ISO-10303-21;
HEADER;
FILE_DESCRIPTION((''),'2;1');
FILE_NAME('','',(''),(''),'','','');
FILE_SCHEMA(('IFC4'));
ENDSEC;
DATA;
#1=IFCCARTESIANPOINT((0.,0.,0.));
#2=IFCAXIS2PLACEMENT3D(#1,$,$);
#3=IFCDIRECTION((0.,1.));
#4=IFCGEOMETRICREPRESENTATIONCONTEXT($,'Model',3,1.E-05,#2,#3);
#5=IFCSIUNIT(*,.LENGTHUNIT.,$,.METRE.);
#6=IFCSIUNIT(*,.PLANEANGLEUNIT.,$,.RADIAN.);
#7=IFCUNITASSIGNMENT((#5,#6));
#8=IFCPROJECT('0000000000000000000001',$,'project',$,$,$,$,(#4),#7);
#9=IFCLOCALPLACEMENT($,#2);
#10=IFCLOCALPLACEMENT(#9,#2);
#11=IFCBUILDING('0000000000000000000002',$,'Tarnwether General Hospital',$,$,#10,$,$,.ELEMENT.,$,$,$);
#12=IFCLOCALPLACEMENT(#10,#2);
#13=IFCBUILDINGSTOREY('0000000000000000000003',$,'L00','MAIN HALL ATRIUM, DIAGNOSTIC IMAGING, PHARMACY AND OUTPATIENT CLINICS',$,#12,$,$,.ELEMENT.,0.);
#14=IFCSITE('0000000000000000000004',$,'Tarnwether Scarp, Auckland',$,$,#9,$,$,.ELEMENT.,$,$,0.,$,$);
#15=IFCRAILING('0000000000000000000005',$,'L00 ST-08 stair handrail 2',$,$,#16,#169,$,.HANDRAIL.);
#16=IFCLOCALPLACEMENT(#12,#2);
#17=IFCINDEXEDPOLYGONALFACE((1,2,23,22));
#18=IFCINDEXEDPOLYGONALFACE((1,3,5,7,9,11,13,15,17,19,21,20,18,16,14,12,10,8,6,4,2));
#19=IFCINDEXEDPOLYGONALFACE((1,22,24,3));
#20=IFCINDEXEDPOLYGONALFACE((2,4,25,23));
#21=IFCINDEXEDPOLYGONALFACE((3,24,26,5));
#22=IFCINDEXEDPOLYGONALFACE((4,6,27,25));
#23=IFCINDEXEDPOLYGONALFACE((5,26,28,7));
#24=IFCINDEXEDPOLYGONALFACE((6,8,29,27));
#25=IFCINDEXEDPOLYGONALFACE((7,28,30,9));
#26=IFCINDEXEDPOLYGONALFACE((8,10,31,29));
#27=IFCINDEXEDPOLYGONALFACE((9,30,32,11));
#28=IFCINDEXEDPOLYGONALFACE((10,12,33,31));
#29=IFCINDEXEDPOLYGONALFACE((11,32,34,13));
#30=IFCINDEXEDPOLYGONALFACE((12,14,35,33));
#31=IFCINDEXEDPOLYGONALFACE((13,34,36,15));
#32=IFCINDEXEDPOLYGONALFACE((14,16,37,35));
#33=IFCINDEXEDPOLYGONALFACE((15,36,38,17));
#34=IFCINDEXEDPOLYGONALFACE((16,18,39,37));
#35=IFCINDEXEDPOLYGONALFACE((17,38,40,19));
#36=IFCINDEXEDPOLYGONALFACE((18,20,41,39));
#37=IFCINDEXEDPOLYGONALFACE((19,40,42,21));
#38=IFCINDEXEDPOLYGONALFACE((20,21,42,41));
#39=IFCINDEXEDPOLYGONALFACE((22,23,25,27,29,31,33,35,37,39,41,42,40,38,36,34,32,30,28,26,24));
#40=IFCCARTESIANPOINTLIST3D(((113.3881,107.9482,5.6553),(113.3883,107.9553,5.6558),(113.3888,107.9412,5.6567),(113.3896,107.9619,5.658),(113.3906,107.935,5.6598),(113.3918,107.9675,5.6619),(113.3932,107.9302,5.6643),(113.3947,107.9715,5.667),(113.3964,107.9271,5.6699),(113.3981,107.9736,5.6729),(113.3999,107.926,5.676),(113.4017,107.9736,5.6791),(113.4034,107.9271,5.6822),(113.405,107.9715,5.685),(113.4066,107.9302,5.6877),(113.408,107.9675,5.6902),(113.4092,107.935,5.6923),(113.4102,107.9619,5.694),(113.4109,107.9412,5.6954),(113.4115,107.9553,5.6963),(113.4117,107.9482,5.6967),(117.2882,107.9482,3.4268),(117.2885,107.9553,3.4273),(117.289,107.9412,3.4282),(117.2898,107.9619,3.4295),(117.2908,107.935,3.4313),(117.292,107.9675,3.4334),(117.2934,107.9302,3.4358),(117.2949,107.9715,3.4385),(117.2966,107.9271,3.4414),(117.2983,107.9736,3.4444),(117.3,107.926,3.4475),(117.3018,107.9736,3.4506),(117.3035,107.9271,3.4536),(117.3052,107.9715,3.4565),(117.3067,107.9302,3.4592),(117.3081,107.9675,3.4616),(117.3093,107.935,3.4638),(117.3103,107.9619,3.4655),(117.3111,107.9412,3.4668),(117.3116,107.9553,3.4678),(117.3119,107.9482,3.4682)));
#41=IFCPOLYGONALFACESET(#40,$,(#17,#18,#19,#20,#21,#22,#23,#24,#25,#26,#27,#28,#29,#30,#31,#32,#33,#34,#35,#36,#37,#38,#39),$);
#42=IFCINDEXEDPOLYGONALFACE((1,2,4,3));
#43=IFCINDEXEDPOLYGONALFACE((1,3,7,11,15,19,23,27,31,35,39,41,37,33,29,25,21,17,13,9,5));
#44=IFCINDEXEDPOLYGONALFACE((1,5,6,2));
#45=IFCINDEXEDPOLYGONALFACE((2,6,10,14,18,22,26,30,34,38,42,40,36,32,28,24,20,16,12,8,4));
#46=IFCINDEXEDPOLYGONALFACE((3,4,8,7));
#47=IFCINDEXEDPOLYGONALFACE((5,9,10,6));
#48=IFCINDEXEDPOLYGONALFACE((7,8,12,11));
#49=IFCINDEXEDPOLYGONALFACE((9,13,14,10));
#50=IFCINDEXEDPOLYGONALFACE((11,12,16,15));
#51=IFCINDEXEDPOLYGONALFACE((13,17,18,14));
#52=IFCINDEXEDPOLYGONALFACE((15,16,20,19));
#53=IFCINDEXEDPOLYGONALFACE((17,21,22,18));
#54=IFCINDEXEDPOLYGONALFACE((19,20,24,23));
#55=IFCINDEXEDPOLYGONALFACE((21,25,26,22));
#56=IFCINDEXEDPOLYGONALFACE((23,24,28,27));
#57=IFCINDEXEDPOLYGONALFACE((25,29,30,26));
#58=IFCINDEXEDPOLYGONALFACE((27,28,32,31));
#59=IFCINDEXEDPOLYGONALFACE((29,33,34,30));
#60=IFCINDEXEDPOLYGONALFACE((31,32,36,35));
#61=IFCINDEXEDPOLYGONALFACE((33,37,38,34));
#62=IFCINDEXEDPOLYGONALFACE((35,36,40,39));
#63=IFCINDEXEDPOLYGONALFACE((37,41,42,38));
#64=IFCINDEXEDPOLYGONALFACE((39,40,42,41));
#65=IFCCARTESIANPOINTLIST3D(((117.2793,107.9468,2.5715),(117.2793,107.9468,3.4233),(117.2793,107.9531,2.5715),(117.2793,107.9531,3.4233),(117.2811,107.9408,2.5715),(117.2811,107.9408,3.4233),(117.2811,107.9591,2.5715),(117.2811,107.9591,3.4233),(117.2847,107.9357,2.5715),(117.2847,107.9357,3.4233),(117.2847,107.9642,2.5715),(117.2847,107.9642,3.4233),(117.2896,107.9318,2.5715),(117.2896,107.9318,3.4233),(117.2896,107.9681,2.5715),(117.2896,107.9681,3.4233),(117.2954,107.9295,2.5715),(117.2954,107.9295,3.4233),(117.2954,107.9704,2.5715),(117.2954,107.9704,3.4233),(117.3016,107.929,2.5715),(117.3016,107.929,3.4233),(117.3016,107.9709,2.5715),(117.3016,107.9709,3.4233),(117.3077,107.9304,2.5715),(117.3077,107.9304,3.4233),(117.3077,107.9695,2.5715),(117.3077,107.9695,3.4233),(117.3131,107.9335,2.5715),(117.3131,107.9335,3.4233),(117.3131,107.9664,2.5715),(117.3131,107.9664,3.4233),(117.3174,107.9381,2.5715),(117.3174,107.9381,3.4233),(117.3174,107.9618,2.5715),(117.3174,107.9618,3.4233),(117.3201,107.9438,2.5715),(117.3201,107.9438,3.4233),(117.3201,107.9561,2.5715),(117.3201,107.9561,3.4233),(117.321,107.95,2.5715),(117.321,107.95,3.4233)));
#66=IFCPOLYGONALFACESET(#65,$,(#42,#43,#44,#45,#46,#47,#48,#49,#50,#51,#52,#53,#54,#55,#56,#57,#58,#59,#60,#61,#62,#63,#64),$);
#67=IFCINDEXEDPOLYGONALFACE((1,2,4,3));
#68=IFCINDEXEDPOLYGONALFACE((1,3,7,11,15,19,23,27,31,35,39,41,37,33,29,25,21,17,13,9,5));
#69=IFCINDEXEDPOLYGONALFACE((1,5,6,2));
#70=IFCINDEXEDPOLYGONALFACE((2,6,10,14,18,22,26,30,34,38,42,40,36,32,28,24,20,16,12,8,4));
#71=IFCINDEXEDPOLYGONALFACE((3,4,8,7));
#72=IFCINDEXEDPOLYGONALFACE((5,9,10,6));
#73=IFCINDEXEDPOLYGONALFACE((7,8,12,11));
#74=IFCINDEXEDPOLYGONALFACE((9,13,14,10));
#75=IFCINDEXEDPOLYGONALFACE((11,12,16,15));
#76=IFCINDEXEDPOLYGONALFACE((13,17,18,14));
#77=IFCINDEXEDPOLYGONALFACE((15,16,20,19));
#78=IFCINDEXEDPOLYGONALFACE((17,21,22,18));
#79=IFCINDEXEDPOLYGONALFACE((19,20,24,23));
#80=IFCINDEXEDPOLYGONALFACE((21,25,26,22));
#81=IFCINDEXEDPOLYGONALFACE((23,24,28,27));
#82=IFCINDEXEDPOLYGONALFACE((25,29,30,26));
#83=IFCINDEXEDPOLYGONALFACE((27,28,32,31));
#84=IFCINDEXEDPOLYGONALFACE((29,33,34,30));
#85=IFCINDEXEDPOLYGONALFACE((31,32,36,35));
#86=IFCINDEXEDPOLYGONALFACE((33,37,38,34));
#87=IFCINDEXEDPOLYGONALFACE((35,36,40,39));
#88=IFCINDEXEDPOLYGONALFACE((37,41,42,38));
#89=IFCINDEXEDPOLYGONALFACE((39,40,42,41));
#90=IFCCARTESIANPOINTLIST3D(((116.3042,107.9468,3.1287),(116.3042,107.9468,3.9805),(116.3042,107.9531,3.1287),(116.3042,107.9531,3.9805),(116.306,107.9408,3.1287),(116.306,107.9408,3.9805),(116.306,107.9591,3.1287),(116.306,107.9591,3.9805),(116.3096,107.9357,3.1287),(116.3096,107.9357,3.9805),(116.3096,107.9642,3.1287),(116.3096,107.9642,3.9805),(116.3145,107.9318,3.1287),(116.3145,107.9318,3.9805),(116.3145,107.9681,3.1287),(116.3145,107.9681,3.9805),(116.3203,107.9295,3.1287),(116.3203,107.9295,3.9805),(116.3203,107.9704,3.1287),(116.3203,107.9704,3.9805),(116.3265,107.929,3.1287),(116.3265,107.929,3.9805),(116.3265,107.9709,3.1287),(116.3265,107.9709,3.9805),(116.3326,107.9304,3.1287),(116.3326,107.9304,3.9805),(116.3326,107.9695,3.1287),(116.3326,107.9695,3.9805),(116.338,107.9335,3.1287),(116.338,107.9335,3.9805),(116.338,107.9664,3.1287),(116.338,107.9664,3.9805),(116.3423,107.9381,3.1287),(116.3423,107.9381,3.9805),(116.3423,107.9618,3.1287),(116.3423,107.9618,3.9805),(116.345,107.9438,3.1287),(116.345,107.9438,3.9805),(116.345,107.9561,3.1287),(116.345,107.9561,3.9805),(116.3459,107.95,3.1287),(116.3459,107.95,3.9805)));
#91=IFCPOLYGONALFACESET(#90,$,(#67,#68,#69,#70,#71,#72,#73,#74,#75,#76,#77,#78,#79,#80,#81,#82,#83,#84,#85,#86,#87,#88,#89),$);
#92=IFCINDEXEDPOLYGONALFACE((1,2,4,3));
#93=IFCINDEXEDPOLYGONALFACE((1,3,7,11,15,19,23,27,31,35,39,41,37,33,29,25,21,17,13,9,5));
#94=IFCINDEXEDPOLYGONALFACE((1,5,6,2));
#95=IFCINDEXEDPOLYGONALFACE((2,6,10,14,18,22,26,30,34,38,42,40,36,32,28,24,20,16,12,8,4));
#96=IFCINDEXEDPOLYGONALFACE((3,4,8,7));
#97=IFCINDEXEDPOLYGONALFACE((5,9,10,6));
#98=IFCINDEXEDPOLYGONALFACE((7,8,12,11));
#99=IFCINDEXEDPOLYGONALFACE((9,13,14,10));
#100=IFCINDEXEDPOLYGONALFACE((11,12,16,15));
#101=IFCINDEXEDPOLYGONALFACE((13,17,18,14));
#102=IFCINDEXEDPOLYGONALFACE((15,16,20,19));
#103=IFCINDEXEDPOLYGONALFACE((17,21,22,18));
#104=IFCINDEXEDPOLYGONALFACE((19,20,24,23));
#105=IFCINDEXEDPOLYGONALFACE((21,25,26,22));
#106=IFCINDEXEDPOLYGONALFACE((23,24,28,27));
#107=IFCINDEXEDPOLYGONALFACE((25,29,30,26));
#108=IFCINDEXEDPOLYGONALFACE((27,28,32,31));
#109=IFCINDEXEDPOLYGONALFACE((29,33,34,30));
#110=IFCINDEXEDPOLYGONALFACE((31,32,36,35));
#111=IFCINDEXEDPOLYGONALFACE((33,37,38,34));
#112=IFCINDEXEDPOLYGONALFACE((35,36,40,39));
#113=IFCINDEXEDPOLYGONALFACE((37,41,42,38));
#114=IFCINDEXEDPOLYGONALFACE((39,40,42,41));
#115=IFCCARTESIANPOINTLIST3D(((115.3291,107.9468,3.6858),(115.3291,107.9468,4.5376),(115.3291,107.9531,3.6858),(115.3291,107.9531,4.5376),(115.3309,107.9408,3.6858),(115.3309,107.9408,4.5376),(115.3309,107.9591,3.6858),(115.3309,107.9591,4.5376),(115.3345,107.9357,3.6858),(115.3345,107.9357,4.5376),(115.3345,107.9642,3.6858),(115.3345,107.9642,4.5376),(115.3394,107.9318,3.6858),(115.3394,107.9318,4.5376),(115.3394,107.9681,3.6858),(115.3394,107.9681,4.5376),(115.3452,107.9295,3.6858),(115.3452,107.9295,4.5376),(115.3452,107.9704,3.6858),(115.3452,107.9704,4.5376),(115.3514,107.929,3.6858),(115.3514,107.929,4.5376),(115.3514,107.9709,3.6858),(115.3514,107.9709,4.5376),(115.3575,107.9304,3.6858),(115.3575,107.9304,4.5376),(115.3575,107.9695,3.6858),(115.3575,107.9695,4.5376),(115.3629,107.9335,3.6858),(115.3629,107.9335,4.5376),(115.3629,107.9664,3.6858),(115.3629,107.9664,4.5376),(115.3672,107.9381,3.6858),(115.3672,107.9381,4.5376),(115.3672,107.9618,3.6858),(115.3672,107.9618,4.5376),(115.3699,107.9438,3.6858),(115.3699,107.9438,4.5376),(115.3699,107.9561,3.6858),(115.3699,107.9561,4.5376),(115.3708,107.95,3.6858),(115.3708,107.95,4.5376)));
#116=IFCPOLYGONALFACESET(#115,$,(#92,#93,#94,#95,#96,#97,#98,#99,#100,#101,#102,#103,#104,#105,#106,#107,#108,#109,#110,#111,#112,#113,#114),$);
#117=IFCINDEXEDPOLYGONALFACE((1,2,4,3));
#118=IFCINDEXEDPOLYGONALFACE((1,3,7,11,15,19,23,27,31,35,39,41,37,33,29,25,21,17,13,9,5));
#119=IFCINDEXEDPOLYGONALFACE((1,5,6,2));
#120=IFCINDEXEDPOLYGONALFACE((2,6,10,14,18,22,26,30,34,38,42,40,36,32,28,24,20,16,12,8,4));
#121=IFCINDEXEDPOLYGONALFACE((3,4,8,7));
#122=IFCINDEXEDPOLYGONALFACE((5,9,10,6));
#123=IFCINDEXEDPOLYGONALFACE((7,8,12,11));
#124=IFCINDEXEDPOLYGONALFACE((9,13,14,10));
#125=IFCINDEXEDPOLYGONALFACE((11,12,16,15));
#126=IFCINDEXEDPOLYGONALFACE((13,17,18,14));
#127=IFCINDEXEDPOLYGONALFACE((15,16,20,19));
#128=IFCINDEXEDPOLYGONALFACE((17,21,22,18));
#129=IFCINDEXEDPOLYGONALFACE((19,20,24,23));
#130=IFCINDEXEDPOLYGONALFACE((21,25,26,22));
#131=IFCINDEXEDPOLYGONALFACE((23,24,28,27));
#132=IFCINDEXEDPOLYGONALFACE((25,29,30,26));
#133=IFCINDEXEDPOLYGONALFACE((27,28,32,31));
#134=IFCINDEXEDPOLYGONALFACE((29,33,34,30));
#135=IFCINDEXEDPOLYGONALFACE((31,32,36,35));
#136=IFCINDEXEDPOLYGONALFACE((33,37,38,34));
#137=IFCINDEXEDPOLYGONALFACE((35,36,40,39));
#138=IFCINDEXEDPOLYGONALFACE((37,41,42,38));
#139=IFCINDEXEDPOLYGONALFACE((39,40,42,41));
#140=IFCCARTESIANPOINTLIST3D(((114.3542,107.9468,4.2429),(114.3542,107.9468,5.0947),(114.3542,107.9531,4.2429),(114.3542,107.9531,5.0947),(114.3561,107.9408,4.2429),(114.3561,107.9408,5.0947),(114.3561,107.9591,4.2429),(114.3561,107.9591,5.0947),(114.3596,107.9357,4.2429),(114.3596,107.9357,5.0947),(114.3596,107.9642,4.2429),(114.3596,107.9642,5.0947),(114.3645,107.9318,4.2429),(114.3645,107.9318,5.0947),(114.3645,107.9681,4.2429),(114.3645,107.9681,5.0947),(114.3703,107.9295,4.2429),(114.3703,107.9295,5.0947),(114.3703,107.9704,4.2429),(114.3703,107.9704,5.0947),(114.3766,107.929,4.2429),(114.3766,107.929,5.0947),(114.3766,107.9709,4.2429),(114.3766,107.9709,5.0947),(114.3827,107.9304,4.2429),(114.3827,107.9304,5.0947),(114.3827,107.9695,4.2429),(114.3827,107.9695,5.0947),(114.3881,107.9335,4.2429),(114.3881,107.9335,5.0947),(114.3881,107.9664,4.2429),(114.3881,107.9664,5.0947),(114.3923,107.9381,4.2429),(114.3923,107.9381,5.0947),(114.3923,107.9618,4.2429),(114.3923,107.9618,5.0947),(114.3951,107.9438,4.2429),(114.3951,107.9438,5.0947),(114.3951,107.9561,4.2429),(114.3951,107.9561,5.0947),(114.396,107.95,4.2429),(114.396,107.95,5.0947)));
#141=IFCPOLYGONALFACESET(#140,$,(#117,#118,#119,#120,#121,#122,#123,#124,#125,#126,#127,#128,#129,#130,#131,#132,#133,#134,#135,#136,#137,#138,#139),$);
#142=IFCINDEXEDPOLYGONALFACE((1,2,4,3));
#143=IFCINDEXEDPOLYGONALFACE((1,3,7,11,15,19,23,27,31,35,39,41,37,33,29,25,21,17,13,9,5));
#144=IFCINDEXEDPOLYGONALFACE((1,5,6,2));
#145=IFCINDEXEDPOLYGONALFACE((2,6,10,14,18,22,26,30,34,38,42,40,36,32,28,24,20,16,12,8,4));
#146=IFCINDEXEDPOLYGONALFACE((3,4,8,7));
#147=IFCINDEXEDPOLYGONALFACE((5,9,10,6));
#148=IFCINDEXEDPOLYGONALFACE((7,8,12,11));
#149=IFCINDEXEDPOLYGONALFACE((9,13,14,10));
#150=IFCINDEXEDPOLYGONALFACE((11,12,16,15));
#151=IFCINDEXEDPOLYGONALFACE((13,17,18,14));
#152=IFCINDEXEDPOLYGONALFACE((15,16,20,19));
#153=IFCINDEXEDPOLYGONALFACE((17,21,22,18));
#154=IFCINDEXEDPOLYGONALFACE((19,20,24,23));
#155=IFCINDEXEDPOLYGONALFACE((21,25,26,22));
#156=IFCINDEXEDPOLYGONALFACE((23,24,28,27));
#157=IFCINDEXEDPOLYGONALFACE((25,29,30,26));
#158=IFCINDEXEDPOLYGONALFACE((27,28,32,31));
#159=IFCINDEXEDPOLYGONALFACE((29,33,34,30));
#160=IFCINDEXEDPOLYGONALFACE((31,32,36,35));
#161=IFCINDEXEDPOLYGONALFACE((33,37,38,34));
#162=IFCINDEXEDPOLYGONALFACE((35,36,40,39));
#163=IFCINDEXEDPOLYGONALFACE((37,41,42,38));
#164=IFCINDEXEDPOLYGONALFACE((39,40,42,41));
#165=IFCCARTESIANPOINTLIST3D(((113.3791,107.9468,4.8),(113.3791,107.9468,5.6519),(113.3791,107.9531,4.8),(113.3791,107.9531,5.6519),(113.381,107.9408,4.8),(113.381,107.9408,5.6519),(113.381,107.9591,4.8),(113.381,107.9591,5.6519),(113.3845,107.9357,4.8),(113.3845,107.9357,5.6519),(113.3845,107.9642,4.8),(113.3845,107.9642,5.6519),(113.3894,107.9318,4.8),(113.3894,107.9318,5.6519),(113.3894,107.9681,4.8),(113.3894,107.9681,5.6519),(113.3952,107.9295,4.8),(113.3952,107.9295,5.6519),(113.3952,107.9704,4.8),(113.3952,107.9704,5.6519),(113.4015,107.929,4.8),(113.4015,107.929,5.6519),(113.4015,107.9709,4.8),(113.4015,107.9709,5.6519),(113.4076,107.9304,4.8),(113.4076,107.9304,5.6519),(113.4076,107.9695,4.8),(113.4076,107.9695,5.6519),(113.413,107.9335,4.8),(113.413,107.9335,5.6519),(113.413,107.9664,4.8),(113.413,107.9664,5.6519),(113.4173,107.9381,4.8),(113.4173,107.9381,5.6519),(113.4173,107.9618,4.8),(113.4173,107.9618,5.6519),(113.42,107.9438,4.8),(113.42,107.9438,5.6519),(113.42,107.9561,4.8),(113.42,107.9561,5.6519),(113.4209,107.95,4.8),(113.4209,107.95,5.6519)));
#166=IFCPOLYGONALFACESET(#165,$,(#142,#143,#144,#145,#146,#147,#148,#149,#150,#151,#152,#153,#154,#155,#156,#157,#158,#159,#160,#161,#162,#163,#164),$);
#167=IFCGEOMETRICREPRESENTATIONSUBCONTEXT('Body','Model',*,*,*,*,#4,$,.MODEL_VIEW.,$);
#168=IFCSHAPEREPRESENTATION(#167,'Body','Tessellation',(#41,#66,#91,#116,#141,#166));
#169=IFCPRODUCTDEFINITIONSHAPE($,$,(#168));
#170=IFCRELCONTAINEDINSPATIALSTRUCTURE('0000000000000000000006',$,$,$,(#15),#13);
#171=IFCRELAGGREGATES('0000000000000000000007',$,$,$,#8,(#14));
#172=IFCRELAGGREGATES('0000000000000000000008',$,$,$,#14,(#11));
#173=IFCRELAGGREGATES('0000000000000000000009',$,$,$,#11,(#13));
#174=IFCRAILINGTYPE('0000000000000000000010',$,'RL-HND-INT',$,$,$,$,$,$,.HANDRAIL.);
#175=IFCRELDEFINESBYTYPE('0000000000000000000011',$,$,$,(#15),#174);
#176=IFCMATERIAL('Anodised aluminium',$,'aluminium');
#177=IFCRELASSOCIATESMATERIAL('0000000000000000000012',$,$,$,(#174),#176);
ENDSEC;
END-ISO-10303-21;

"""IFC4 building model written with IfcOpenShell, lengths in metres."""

from ifc_helpers import new_model, si_unit, direction, frame, origin, origin_2d, place, context, subcontext, project, spatial, circle, extrude, material, type_object, element, save


model = new_model("IFC4")

# Units and contexts
model_context = context("Model", 3, precision=1e-05, world=origin(), true_north=direction((0.0, 1.0)))
body_context = subcontext(model_context, "Body", "Model", "MODEL_VIEW")
ifc_project = project(units=[si_unit("LENGTHUNIT", "METRE"), si_unit("PLANEANGLEUNIT", "RADIAN")], contexts=[model_context])

# Site, building, storey
site_placement = place(None, origin())
site = spatial("IfcSite", under=ifc_project, at=site_placement, Name="Tarnwether Scarp, Auckland", CompositionType="ELEMENT", RefElevation=0.0)
building_placement = place(site_placement, origin())
building = spatial("IfcBuilding", under=site, at=building_placement, Name="Tarnwether General Hospital", CompositionType="ELEMENT")
storey_placement = place(building_placement, origin())
storey = spatial("IfcBuildingStorey", under=building, at=storey_placement, Name="L00", Description="MAIN HALL ATRIUM, DIAGNOSTIC IMAGING, PHARMACY AND OUTPATIENT CLINICS", CompositionType="ELEMENT", Elevation=0.0)

# Railing
ifc_material_1 = material(Name="Anodised aluminium", Category="aluminium")
railing_type_1 = type_object("IfcRailingType", Name="RL-HND-INT", PredefinedType="HANDRAIL", material=ifc_material_1)
railing_1_placement = place(storey_placement, frame((117.3, 107.95, 2.5715)))
element("IfcRailing", 1, at=railing_1_placement, inside=storey, type_object=railing_type_1, Name="L00 ST-08 stair handrail 2", PredefinedType="HANDRAIL", context=body_context, shape_type="SweptSolid", body=[
    extrude(circle(Radius=0.0239, at=origin_2d()), frame((0.0, 0.0, 0.876), z_axis=(-0.868257, 0.0, 0.496116), x_axis=(0.0, -1.0, 0.0)), (0.0, 0.0, 1.0), 4.4919),
    extrude(circle(Radius=0.021, at=origin_2d()), origin(), (0.0, 0.0, 1.0), 0.8518),
    extrude(circle(Radius=0.021, at=origin_2d()), frame((-0.9751, 0.0, 0.5571)), (0.0, 0.0, 1.0), 0.8518),
    extrude(circle(Radius=0.021, at=origin_2d()), frame((-1.9502, 0.0, 1.1143)), (0.0, 0.0, 1.0), 0.8518),
    extrude(circle(Radius=0.021, at=origin_2d()), frame((-2.925, 0.0, 1.6714)), (0.0, 0.0, 1.0), 0.8518),
    extrude(circle(Radius=0.021, at=origin_2d()), frame((-3.9001, 0.0, 2.2285)), (0.0, 0.0, 1.0), 0.8518),
])

save(model, "model.ifc")
